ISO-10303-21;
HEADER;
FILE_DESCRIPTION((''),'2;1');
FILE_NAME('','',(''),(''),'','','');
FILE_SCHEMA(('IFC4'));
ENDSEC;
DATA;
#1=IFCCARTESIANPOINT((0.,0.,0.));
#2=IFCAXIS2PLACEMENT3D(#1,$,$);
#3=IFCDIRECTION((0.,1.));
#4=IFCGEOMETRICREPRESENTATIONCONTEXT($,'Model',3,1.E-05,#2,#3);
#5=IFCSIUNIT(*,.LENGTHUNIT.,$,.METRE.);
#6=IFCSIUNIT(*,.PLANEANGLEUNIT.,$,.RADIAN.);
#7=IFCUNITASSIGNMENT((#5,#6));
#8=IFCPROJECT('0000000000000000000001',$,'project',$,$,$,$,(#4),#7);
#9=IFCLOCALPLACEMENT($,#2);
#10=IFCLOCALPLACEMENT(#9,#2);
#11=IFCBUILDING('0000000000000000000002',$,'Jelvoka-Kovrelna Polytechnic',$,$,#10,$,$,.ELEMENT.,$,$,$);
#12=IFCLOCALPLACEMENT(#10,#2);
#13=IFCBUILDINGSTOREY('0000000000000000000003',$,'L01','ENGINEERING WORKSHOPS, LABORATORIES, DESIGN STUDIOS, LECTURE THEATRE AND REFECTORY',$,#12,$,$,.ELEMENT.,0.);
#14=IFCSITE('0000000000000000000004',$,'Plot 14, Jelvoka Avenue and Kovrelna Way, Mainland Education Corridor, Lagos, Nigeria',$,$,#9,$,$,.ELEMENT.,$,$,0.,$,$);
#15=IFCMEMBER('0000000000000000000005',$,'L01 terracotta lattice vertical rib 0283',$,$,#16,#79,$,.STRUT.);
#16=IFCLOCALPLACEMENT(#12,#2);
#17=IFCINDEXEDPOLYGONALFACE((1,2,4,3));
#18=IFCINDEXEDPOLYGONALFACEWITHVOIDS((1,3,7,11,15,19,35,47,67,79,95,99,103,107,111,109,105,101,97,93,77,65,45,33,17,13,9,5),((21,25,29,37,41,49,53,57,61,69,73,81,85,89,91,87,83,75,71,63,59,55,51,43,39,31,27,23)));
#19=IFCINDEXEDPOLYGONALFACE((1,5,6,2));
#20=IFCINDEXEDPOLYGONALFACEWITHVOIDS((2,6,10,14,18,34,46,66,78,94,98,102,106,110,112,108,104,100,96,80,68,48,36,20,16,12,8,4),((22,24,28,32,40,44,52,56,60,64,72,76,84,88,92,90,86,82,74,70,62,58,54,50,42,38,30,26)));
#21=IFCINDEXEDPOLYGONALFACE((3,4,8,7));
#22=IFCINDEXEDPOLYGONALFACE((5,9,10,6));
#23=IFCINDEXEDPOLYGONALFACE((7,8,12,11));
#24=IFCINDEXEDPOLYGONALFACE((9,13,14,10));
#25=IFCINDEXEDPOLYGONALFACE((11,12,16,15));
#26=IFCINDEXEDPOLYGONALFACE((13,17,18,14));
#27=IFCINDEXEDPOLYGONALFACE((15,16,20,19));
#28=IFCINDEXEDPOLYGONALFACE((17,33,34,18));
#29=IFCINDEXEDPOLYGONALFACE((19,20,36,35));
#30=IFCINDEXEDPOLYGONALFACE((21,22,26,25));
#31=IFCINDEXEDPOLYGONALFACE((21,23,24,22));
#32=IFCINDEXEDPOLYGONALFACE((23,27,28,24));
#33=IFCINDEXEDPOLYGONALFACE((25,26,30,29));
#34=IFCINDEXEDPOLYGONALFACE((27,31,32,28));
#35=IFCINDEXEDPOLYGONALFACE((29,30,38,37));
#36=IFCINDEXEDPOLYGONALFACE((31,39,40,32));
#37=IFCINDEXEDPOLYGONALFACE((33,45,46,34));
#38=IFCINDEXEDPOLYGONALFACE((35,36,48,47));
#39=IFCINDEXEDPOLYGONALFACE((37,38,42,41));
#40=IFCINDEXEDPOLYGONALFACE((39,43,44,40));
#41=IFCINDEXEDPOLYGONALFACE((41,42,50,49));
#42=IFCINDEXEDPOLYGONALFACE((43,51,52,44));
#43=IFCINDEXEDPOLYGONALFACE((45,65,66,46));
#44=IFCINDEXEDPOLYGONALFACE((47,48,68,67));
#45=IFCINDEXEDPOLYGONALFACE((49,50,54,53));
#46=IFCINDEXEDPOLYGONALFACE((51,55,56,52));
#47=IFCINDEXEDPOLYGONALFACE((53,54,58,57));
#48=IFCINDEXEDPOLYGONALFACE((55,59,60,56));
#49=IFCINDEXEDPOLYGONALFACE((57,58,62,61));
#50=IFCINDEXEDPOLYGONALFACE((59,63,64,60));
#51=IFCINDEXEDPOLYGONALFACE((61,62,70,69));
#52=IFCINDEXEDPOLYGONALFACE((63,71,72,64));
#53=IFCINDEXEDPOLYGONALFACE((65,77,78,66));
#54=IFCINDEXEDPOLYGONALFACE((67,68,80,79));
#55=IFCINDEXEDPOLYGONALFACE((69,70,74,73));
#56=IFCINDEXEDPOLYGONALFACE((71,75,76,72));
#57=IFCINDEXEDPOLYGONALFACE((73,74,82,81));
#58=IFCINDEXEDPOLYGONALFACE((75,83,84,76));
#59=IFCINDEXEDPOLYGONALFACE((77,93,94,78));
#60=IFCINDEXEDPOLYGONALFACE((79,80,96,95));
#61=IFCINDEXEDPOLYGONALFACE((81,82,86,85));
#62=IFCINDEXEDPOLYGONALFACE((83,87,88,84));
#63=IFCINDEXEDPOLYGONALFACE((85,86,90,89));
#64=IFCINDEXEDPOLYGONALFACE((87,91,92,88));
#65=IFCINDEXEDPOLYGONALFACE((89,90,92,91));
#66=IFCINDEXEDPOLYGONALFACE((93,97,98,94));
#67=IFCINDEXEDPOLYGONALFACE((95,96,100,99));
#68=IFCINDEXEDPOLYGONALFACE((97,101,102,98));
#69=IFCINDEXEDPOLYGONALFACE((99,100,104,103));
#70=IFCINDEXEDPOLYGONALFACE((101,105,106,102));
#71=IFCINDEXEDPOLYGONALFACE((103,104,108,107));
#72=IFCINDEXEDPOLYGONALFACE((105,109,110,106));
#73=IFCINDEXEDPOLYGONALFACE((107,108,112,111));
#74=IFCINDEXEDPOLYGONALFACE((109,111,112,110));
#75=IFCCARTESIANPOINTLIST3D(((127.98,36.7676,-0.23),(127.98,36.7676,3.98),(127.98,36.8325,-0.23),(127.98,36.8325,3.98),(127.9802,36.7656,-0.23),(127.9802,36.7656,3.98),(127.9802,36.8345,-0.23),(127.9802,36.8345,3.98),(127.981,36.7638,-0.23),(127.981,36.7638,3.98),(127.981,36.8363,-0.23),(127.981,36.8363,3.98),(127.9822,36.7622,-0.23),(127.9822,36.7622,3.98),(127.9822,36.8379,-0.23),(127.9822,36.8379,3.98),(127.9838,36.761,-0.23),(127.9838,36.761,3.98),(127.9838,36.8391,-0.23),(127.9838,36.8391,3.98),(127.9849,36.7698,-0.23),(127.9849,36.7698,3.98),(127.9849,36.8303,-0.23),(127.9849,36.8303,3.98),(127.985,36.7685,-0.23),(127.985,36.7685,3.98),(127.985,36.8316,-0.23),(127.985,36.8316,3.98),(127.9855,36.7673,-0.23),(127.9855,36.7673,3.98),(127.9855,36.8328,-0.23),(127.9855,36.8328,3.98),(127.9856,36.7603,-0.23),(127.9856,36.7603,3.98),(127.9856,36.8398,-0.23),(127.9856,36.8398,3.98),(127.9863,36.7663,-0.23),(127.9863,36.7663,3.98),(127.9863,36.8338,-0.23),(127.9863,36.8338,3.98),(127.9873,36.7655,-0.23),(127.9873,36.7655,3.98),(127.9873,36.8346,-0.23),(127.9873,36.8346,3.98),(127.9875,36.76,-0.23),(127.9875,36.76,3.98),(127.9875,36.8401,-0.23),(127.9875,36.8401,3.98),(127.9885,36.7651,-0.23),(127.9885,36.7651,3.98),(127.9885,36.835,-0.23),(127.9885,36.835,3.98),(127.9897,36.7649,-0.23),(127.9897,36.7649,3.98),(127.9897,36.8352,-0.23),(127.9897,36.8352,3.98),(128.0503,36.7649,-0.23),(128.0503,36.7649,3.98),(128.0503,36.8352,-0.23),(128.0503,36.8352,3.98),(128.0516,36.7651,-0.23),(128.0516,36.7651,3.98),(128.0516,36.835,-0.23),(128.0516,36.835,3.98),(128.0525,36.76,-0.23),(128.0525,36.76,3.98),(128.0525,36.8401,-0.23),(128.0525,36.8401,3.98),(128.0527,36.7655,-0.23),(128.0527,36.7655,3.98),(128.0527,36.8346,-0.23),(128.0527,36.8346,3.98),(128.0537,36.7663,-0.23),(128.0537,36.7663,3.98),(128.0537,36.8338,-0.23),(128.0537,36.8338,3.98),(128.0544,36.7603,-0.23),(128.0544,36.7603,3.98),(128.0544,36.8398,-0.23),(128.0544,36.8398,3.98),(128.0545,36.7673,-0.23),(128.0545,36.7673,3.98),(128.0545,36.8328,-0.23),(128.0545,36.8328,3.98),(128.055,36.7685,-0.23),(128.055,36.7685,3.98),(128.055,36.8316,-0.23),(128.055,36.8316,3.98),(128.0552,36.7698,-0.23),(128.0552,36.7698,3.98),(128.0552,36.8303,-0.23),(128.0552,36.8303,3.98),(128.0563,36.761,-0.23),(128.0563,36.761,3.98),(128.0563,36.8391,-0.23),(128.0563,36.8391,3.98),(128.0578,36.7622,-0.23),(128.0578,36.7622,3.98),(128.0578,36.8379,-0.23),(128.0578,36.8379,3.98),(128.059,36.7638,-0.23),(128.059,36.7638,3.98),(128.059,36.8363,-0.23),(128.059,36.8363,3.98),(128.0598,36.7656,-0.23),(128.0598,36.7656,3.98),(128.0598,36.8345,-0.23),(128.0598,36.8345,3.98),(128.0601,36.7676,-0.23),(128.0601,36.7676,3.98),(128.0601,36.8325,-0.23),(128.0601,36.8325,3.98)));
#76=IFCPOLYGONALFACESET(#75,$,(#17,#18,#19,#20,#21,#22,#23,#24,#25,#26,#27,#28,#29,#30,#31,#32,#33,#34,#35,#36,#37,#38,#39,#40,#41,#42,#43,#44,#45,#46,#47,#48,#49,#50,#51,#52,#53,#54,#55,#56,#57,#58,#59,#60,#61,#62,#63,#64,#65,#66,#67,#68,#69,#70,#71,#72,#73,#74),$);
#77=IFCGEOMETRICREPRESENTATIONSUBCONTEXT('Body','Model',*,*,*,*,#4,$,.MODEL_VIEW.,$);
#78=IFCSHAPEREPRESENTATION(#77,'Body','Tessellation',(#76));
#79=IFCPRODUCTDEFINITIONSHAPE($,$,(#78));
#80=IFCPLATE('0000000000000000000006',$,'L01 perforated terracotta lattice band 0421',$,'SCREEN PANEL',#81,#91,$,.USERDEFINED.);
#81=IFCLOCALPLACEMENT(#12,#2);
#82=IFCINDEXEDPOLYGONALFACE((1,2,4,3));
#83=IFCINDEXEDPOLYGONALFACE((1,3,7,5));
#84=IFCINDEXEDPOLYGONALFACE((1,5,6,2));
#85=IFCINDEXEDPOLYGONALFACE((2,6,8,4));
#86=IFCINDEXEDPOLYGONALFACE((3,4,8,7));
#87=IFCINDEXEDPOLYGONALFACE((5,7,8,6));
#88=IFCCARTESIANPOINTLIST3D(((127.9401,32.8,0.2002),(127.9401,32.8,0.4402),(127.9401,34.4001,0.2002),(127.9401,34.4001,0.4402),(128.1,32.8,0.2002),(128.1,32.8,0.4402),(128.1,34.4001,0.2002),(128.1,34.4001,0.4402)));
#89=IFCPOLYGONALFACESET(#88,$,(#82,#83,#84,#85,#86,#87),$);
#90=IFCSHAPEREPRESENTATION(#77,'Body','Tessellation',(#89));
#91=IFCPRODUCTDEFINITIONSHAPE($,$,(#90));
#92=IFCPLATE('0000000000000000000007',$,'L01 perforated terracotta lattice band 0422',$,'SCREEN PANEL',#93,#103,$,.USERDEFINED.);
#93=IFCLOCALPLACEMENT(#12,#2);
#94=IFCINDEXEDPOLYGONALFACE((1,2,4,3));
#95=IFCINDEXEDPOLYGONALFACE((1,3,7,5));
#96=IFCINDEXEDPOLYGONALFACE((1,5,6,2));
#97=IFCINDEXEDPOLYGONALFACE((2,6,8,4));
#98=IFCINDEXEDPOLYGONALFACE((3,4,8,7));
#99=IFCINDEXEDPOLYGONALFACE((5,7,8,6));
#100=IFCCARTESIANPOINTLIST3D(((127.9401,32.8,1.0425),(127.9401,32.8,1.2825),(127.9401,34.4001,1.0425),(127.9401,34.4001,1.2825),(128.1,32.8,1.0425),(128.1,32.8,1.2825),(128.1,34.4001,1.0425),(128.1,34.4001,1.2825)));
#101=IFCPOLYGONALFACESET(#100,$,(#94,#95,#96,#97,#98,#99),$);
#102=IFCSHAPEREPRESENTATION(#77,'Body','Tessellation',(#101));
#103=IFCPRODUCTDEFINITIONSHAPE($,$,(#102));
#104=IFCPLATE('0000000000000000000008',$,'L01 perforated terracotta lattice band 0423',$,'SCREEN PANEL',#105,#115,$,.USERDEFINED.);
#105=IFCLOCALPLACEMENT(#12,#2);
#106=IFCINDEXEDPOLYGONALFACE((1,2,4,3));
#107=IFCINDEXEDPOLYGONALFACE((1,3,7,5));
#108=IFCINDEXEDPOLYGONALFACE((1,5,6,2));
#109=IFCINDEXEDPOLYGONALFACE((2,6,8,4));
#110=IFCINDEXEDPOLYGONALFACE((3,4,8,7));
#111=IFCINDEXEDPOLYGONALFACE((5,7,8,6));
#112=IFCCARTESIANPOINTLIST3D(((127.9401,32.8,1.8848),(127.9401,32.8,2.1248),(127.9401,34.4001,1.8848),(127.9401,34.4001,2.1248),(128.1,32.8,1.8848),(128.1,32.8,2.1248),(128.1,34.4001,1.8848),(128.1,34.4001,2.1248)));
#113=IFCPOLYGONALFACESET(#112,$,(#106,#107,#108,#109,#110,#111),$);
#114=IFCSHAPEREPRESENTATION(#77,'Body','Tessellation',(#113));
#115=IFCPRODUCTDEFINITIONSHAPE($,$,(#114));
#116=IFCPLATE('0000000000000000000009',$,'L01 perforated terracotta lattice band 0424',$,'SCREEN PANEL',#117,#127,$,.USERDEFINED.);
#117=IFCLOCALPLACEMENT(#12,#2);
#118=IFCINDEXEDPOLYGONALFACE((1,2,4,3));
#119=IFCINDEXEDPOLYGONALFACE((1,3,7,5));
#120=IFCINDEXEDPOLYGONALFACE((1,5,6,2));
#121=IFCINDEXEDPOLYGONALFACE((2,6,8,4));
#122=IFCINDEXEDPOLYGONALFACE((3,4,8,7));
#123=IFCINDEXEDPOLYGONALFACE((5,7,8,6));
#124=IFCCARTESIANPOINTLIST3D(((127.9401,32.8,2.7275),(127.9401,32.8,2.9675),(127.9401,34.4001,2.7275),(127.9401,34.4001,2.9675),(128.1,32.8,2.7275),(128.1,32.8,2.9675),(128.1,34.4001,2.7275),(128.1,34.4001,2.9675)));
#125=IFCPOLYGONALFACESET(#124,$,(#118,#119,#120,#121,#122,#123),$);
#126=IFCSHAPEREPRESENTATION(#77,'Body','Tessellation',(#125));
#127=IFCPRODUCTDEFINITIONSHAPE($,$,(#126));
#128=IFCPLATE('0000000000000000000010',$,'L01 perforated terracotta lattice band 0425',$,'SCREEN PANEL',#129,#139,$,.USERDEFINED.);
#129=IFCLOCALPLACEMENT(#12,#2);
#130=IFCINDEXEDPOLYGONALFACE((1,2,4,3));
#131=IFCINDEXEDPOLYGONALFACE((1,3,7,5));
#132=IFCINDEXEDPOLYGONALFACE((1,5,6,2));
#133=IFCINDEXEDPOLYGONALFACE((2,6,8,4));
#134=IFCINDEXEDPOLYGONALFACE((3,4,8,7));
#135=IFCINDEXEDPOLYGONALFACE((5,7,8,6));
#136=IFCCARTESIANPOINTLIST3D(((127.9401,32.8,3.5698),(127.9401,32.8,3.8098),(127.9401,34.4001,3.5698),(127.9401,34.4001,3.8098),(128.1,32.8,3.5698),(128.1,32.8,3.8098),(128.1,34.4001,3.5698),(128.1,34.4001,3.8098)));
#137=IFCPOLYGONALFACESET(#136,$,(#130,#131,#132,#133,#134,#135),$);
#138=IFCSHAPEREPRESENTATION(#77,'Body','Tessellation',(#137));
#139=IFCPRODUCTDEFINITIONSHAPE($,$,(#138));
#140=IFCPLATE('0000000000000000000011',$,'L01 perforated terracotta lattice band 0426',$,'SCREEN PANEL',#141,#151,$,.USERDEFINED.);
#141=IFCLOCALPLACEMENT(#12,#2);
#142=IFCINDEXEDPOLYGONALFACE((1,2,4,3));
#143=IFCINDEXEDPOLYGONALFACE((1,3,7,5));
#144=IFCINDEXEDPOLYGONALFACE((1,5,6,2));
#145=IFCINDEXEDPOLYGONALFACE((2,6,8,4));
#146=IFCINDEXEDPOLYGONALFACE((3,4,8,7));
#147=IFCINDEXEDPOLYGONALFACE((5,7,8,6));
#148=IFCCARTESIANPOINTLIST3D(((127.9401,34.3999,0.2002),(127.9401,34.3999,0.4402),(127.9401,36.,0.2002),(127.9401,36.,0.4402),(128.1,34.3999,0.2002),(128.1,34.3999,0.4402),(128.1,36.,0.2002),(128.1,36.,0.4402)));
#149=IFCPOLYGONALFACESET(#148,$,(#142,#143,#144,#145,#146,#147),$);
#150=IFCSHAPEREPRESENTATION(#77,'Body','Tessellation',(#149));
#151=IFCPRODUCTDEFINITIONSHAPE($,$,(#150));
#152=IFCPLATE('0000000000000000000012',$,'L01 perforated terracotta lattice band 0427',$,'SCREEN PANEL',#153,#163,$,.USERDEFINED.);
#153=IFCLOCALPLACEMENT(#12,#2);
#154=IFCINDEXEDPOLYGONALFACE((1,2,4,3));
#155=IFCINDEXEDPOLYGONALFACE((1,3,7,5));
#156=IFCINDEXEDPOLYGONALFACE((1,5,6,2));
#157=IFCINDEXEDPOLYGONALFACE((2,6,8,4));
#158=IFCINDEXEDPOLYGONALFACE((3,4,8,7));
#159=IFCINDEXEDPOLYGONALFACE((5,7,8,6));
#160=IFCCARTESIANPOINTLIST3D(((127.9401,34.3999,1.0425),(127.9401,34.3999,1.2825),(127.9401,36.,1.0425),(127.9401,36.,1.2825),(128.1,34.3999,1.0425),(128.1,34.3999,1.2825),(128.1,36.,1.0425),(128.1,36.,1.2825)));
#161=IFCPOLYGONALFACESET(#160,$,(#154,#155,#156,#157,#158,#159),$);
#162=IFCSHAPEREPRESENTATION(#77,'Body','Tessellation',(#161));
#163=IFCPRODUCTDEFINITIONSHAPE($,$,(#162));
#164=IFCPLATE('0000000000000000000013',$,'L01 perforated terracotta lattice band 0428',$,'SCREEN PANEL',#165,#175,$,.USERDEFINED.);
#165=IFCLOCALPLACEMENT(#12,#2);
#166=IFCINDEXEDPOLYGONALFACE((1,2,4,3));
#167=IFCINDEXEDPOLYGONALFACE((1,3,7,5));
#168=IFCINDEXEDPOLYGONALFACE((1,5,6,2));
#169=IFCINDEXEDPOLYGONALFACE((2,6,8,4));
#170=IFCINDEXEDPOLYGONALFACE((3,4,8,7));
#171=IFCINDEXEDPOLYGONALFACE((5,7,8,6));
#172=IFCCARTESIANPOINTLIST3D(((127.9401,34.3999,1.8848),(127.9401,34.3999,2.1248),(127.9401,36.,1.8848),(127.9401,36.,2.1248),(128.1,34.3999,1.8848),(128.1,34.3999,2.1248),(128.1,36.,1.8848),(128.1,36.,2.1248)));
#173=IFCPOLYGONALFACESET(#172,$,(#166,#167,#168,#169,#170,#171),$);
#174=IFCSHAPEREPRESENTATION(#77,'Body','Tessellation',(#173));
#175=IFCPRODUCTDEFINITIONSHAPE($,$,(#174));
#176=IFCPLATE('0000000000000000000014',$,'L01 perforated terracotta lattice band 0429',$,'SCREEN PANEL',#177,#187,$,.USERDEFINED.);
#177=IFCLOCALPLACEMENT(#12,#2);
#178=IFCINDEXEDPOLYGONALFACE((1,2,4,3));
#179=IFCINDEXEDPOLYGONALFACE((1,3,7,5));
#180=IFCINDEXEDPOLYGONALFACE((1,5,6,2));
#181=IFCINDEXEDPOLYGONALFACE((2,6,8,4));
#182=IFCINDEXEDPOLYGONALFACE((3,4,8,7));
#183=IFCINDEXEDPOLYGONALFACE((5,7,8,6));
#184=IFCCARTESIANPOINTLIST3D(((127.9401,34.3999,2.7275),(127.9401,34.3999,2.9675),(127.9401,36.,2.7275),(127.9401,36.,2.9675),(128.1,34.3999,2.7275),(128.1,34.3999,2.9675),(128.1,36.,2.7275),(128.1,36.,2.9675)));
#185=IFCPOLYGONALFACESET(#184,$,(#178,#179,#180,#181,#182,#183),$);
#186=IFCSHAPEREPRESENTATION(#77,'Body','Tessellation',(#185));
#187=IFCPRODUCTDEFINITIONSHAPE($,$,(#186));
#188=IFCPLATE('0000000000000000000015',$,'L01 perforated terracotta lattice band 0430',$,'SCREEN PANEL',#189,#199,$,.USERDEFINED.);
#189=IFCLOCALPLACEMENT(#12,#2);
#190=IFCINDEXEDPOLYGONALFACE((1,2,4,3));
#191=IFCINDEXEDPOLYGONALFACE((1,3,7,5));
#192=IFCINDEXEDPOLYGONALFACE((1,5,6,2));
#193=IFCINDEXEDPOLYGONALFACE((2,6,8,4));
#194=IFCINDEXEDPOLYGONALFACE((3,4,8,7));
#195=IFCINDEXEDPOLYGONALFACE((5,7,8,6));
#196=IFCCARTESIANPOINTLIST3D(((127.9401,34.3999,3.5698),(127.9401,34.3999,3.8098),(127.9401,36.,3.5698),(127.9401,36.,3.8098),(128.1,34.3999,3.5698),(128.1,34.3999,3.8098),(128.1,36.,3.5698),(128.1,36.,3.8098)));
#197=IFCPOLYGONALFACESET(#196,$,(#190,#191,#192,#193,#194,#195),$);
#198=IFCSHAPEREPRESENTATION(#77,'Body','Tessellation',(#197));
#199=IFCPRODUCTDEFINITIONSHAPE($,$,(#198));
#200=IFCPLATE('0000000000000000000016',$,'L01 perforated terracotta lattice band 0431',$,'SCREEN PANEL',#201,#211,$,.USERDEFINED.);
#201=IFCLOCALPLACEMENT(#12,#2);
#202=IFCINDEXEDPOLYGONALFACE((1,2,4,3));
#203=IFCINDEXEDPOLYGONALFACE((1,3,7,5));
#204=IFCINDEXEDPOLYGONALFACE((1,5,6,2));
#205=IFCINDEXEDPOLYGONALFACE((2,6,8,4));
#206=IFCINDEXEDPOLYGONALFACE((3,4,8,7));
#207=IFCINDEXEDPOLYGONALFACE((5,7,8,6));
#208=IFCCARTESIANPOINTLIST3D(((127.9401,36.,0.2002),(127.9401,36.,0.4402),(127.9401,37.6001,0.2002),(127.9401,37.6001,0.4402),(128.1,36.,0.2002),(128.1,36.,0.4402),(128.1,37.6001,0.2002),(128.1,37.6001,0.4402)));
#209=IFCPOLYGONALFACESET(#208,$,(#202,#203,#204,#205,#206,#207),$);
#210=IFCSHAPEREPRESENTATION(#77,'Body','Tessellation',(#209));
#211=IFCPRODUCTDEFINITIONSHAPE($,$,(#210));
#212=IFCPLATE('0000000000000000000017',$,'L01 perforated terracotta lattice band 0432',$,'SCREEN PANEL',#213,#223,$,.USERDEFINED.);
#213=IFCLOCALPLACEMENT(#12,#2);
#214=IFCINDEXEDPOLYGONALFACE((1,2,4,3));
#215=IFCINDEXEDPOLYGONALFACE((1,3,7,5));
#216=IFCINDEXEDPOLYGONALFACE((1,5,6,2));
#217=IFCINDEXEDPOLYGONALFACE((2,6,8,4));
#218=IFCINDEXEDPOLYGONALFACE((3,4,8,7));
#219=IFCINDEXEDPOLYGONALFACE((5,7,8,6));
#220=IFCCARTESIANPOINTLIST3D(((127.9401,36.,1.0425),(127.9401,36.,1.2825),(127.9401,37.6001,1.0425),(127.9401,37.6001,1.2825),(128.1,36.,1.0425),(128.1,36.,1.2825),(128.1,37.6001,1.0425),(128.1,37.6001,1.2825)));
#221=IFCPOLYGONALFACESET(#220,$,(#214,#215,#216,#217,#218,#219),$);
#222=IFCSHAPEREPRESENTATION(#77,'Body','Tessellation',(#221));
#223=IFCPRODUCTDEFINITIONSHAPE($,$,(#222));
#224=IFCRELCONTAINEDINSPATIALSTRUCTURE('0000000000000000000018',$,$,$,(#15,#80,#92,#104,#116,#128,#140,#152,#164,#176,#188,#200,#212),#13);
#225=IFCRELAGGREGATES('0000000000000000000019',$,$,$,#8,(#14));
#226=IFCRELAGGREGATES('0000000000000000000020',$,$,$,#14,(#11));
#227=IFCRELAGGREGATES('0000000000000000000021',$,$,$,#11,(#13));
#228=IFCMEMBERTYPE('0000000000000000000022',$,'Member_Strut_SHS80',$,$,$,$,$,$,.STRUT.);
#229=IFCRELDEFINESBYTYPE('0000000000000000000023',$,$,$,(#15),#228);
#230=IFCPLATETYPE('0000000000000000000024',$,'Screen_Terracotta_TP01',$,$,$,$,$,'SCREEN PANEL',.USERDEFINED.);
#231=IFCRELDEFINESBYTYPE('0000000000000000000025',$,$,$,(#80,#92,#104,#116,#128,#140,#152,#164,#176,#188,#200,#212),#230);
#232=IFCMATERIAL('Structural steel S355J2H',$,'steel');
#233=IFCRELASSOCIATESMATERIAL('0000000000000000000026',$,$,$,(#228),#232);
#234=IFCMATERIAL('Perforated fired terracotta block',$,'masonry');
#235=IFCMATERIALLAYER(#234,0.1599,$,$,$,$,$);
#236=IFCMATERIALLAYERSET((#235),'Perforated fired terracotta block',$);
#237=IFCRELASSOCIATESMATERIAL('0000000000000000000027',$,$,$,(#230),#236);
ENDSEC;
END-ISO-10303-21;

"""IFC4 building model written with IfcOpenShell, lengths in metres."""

from ifc_helpers import new_model, si_unit, direction, frame, origin, origin_2d, place, context, subcontext, project, spatial, rectangle, hollow_rectangle, extrude, material, layer, layer_set, material_profile, profile_set, type_object, element, save


model = new_model("IFC4")

# Units and contexts
model_context = context("Model", 3, precision=1e-05, world=origin(), true_north=direction((0.0, 1.0)))
body_context = subcontext(model_context, "Body", "Model", "MODEL_VIEW")
ifc_project = project(units=[si_unit("LENGTHUNIT", "METRE"), si_unit("PLANEANGLEUNIT", "RADIAN")], contexts=[model_context])

# Site, building, storey
site_placement = place(None, origin())
site = spatial("IfcSite", under=ifc_project, at=site_placement, Name="Plot 14, Jelvoka Avenue and Kovrelna Way, Mainland Education Corridor, Lagos, Nigeria", CompositionType="ELEMENT", RefElevation=0.0)
building_placement = place(site_placement, origin())
building = spatial("IfcBuilding", under=site, at=building_placement, Name="Jelvoka-Kovrelna Polytechnic", CompositionType="ELEMENT")
storey_placement = place(building_placement, origin())
storey = spatial("IfcBuildingStorey", under=building, at=storey_placement, Name="L01", Description="ENGINEERING WORKSHOPS, LABORATORIES, DESIGN STUDIOS, LECTURE THEATRE AND REFECTORY", CompositionType="ELEMENT", Elevation=0.0)

# Member
ifc_material_1 = material(Name="Structural steel S355J2H", Category="steel")
ifc_material_profile_1 = material_profile(ifc_material_1, hollow_rectangle(XDim=0.0801, YDim=0.0801, WallThickness=0.0049, InnerFilletRadius=0.0049, OuterFilletRadius=0.0076, at=origin_2d()), Name="80x80x5.0 SHS")
ifc_profile_set_1 = profile_set([ifc_material_profile_1], Name="Structural steel S355J2H")
member_type = type_object("IfcMemberType", Name="Member_Strut_SHS80", PredefinedType="STRUT", material=ifc_profile_set_1)
for number, where, z_axis, x_axis, name in (
    (1, (128.02, 36.8, -0.23), (0.0, 0.0, 1.0), (1.0, 0.0, 0.0), "L01 terracotta lattice vertical rib 0283"),
):
    element("IfcMember", number, at=place(storey_placement, frame(where, z_axis=z_axis, x_axis=x_axis)), inside=storey, type_object=member_type, Name=name, PredefinedType="STRUT", context=body_context, shape_type="SweptSolid", body=[
        extrude(hollow_rectangle(XDim=0.0801, YDim=0.0801, WallThickness=0.0049, InnerFilletRadius=0.0049, OuterFilletRadius=0.0076, at=origin_2d()), origin(), (0.0, 0.0, 1.0), 4.21),
    ])

# Plates
ifc_material_2 = material(Name="Perforated fired terracotta block", Category="masonry")
ifc_layer_1 = layer(ifc_material_2, 0.1599)
ifc_layer_set_1 = layer_set([ifc_layer_1], Name="Perforated fired terracotta block")
plate_type_1 = type_object("IfcPlateType", Name="Screen_Terracotta_TP01", ElementType="SCREEN PANEL", PredefinedType="USERDEFINED", material=ifc_layer_set_1)
for number, where, z_axis, x_axis, name in (
    (2, (128.02, 33.6001, 0.2002), (0.0, 0.0, 1.0), (0.0, 1.0, 0.0), "L01 perforated terracotta lattice band 0421"),
    (3, (128.02, 33.6001, 1.0425), (0.0, 0.0, 1.0), (0.0, 1.0, 0.0), "L01 perforated terracotta lattice band 0422"),
    (4, (128.02, 33.6001, 1.8848), (0.0, 0.0, 1.0), (0.0, 1.0, 0.0), "L01 perforated terracotta lattice band 0423"),
    (5, (128.02, 33.6001, 2.7275), (0.0, 0.0, 1.0), (0.0, 1.0, 0.0), "L01 perforated terracotta lattice band 0424"),
    (6, (128.02, 33.6001, 3.5698), (0.0, 0.0, 1.0), (0.0, 1.0, 0.0), "L01 perforated terracotta lattice band 0425"),
    (7, (128.02, 35.2, 0.2002), (0.0, 0.0, 1.0), (0.0, 1.0, 0.0), "L01 perforated terracotta lattice band 0426"),
    (8, (128.02, 35.2, 1.0425), (0.0, 0.0, 1.0), (0.0, 1.0, 0.0), "L01 perforated terracotta lattice band 0427"),
    (9, (128.02, 35.2, 1.8848), (0.0, 0.0, 1.0), (0.0, 1.0, 0.0), "L01 perforated terracotta lattice band 0428"),
    (10, (128.02, 35.2, 2.7275), (0.0, 0.0, 1.0), (0.0, 1.0, 0.0), "L01 perforated terracotta lattice band 0429"),
    (11, (128.02, 35.2, 3.5698), (0.0, 0.0, 1.0), (0.0, 1.0, 0.0), "L01 perforated terracotta lattice band 0430"),
    (12, (128.02, 36.8, 0.2002), (0.0, 0.0, 1.0), (0.0, 1.0, 0.0), "L01 perforated terracotta lattice band 0431"),
    (13, (128.02, 36.8, 1.0425), (0.0, 0.0, 1.0), (0.0, 1.0, 0.0), "L01 perforated terracotta lattice band 0432"),
):
    element("IfcPlate", number, at=place(storey_placement, frame(where, z_axis=z_axis, x_axis=x_axis)), inside=storey, type_object=plate_type_1, Name=name, ObjectType="SCREEN PANEL", PredefinedType="USERDEFINED", context=body_context, shape_type="SweptSolid", body=[
        extrude(rectangle(XDim=1.6001, YDim=0.1599, at=origin_2d()), origin(), (0.0, 0.0, 1.0), 0.24),
    ])

save(model, "model.ifc")
